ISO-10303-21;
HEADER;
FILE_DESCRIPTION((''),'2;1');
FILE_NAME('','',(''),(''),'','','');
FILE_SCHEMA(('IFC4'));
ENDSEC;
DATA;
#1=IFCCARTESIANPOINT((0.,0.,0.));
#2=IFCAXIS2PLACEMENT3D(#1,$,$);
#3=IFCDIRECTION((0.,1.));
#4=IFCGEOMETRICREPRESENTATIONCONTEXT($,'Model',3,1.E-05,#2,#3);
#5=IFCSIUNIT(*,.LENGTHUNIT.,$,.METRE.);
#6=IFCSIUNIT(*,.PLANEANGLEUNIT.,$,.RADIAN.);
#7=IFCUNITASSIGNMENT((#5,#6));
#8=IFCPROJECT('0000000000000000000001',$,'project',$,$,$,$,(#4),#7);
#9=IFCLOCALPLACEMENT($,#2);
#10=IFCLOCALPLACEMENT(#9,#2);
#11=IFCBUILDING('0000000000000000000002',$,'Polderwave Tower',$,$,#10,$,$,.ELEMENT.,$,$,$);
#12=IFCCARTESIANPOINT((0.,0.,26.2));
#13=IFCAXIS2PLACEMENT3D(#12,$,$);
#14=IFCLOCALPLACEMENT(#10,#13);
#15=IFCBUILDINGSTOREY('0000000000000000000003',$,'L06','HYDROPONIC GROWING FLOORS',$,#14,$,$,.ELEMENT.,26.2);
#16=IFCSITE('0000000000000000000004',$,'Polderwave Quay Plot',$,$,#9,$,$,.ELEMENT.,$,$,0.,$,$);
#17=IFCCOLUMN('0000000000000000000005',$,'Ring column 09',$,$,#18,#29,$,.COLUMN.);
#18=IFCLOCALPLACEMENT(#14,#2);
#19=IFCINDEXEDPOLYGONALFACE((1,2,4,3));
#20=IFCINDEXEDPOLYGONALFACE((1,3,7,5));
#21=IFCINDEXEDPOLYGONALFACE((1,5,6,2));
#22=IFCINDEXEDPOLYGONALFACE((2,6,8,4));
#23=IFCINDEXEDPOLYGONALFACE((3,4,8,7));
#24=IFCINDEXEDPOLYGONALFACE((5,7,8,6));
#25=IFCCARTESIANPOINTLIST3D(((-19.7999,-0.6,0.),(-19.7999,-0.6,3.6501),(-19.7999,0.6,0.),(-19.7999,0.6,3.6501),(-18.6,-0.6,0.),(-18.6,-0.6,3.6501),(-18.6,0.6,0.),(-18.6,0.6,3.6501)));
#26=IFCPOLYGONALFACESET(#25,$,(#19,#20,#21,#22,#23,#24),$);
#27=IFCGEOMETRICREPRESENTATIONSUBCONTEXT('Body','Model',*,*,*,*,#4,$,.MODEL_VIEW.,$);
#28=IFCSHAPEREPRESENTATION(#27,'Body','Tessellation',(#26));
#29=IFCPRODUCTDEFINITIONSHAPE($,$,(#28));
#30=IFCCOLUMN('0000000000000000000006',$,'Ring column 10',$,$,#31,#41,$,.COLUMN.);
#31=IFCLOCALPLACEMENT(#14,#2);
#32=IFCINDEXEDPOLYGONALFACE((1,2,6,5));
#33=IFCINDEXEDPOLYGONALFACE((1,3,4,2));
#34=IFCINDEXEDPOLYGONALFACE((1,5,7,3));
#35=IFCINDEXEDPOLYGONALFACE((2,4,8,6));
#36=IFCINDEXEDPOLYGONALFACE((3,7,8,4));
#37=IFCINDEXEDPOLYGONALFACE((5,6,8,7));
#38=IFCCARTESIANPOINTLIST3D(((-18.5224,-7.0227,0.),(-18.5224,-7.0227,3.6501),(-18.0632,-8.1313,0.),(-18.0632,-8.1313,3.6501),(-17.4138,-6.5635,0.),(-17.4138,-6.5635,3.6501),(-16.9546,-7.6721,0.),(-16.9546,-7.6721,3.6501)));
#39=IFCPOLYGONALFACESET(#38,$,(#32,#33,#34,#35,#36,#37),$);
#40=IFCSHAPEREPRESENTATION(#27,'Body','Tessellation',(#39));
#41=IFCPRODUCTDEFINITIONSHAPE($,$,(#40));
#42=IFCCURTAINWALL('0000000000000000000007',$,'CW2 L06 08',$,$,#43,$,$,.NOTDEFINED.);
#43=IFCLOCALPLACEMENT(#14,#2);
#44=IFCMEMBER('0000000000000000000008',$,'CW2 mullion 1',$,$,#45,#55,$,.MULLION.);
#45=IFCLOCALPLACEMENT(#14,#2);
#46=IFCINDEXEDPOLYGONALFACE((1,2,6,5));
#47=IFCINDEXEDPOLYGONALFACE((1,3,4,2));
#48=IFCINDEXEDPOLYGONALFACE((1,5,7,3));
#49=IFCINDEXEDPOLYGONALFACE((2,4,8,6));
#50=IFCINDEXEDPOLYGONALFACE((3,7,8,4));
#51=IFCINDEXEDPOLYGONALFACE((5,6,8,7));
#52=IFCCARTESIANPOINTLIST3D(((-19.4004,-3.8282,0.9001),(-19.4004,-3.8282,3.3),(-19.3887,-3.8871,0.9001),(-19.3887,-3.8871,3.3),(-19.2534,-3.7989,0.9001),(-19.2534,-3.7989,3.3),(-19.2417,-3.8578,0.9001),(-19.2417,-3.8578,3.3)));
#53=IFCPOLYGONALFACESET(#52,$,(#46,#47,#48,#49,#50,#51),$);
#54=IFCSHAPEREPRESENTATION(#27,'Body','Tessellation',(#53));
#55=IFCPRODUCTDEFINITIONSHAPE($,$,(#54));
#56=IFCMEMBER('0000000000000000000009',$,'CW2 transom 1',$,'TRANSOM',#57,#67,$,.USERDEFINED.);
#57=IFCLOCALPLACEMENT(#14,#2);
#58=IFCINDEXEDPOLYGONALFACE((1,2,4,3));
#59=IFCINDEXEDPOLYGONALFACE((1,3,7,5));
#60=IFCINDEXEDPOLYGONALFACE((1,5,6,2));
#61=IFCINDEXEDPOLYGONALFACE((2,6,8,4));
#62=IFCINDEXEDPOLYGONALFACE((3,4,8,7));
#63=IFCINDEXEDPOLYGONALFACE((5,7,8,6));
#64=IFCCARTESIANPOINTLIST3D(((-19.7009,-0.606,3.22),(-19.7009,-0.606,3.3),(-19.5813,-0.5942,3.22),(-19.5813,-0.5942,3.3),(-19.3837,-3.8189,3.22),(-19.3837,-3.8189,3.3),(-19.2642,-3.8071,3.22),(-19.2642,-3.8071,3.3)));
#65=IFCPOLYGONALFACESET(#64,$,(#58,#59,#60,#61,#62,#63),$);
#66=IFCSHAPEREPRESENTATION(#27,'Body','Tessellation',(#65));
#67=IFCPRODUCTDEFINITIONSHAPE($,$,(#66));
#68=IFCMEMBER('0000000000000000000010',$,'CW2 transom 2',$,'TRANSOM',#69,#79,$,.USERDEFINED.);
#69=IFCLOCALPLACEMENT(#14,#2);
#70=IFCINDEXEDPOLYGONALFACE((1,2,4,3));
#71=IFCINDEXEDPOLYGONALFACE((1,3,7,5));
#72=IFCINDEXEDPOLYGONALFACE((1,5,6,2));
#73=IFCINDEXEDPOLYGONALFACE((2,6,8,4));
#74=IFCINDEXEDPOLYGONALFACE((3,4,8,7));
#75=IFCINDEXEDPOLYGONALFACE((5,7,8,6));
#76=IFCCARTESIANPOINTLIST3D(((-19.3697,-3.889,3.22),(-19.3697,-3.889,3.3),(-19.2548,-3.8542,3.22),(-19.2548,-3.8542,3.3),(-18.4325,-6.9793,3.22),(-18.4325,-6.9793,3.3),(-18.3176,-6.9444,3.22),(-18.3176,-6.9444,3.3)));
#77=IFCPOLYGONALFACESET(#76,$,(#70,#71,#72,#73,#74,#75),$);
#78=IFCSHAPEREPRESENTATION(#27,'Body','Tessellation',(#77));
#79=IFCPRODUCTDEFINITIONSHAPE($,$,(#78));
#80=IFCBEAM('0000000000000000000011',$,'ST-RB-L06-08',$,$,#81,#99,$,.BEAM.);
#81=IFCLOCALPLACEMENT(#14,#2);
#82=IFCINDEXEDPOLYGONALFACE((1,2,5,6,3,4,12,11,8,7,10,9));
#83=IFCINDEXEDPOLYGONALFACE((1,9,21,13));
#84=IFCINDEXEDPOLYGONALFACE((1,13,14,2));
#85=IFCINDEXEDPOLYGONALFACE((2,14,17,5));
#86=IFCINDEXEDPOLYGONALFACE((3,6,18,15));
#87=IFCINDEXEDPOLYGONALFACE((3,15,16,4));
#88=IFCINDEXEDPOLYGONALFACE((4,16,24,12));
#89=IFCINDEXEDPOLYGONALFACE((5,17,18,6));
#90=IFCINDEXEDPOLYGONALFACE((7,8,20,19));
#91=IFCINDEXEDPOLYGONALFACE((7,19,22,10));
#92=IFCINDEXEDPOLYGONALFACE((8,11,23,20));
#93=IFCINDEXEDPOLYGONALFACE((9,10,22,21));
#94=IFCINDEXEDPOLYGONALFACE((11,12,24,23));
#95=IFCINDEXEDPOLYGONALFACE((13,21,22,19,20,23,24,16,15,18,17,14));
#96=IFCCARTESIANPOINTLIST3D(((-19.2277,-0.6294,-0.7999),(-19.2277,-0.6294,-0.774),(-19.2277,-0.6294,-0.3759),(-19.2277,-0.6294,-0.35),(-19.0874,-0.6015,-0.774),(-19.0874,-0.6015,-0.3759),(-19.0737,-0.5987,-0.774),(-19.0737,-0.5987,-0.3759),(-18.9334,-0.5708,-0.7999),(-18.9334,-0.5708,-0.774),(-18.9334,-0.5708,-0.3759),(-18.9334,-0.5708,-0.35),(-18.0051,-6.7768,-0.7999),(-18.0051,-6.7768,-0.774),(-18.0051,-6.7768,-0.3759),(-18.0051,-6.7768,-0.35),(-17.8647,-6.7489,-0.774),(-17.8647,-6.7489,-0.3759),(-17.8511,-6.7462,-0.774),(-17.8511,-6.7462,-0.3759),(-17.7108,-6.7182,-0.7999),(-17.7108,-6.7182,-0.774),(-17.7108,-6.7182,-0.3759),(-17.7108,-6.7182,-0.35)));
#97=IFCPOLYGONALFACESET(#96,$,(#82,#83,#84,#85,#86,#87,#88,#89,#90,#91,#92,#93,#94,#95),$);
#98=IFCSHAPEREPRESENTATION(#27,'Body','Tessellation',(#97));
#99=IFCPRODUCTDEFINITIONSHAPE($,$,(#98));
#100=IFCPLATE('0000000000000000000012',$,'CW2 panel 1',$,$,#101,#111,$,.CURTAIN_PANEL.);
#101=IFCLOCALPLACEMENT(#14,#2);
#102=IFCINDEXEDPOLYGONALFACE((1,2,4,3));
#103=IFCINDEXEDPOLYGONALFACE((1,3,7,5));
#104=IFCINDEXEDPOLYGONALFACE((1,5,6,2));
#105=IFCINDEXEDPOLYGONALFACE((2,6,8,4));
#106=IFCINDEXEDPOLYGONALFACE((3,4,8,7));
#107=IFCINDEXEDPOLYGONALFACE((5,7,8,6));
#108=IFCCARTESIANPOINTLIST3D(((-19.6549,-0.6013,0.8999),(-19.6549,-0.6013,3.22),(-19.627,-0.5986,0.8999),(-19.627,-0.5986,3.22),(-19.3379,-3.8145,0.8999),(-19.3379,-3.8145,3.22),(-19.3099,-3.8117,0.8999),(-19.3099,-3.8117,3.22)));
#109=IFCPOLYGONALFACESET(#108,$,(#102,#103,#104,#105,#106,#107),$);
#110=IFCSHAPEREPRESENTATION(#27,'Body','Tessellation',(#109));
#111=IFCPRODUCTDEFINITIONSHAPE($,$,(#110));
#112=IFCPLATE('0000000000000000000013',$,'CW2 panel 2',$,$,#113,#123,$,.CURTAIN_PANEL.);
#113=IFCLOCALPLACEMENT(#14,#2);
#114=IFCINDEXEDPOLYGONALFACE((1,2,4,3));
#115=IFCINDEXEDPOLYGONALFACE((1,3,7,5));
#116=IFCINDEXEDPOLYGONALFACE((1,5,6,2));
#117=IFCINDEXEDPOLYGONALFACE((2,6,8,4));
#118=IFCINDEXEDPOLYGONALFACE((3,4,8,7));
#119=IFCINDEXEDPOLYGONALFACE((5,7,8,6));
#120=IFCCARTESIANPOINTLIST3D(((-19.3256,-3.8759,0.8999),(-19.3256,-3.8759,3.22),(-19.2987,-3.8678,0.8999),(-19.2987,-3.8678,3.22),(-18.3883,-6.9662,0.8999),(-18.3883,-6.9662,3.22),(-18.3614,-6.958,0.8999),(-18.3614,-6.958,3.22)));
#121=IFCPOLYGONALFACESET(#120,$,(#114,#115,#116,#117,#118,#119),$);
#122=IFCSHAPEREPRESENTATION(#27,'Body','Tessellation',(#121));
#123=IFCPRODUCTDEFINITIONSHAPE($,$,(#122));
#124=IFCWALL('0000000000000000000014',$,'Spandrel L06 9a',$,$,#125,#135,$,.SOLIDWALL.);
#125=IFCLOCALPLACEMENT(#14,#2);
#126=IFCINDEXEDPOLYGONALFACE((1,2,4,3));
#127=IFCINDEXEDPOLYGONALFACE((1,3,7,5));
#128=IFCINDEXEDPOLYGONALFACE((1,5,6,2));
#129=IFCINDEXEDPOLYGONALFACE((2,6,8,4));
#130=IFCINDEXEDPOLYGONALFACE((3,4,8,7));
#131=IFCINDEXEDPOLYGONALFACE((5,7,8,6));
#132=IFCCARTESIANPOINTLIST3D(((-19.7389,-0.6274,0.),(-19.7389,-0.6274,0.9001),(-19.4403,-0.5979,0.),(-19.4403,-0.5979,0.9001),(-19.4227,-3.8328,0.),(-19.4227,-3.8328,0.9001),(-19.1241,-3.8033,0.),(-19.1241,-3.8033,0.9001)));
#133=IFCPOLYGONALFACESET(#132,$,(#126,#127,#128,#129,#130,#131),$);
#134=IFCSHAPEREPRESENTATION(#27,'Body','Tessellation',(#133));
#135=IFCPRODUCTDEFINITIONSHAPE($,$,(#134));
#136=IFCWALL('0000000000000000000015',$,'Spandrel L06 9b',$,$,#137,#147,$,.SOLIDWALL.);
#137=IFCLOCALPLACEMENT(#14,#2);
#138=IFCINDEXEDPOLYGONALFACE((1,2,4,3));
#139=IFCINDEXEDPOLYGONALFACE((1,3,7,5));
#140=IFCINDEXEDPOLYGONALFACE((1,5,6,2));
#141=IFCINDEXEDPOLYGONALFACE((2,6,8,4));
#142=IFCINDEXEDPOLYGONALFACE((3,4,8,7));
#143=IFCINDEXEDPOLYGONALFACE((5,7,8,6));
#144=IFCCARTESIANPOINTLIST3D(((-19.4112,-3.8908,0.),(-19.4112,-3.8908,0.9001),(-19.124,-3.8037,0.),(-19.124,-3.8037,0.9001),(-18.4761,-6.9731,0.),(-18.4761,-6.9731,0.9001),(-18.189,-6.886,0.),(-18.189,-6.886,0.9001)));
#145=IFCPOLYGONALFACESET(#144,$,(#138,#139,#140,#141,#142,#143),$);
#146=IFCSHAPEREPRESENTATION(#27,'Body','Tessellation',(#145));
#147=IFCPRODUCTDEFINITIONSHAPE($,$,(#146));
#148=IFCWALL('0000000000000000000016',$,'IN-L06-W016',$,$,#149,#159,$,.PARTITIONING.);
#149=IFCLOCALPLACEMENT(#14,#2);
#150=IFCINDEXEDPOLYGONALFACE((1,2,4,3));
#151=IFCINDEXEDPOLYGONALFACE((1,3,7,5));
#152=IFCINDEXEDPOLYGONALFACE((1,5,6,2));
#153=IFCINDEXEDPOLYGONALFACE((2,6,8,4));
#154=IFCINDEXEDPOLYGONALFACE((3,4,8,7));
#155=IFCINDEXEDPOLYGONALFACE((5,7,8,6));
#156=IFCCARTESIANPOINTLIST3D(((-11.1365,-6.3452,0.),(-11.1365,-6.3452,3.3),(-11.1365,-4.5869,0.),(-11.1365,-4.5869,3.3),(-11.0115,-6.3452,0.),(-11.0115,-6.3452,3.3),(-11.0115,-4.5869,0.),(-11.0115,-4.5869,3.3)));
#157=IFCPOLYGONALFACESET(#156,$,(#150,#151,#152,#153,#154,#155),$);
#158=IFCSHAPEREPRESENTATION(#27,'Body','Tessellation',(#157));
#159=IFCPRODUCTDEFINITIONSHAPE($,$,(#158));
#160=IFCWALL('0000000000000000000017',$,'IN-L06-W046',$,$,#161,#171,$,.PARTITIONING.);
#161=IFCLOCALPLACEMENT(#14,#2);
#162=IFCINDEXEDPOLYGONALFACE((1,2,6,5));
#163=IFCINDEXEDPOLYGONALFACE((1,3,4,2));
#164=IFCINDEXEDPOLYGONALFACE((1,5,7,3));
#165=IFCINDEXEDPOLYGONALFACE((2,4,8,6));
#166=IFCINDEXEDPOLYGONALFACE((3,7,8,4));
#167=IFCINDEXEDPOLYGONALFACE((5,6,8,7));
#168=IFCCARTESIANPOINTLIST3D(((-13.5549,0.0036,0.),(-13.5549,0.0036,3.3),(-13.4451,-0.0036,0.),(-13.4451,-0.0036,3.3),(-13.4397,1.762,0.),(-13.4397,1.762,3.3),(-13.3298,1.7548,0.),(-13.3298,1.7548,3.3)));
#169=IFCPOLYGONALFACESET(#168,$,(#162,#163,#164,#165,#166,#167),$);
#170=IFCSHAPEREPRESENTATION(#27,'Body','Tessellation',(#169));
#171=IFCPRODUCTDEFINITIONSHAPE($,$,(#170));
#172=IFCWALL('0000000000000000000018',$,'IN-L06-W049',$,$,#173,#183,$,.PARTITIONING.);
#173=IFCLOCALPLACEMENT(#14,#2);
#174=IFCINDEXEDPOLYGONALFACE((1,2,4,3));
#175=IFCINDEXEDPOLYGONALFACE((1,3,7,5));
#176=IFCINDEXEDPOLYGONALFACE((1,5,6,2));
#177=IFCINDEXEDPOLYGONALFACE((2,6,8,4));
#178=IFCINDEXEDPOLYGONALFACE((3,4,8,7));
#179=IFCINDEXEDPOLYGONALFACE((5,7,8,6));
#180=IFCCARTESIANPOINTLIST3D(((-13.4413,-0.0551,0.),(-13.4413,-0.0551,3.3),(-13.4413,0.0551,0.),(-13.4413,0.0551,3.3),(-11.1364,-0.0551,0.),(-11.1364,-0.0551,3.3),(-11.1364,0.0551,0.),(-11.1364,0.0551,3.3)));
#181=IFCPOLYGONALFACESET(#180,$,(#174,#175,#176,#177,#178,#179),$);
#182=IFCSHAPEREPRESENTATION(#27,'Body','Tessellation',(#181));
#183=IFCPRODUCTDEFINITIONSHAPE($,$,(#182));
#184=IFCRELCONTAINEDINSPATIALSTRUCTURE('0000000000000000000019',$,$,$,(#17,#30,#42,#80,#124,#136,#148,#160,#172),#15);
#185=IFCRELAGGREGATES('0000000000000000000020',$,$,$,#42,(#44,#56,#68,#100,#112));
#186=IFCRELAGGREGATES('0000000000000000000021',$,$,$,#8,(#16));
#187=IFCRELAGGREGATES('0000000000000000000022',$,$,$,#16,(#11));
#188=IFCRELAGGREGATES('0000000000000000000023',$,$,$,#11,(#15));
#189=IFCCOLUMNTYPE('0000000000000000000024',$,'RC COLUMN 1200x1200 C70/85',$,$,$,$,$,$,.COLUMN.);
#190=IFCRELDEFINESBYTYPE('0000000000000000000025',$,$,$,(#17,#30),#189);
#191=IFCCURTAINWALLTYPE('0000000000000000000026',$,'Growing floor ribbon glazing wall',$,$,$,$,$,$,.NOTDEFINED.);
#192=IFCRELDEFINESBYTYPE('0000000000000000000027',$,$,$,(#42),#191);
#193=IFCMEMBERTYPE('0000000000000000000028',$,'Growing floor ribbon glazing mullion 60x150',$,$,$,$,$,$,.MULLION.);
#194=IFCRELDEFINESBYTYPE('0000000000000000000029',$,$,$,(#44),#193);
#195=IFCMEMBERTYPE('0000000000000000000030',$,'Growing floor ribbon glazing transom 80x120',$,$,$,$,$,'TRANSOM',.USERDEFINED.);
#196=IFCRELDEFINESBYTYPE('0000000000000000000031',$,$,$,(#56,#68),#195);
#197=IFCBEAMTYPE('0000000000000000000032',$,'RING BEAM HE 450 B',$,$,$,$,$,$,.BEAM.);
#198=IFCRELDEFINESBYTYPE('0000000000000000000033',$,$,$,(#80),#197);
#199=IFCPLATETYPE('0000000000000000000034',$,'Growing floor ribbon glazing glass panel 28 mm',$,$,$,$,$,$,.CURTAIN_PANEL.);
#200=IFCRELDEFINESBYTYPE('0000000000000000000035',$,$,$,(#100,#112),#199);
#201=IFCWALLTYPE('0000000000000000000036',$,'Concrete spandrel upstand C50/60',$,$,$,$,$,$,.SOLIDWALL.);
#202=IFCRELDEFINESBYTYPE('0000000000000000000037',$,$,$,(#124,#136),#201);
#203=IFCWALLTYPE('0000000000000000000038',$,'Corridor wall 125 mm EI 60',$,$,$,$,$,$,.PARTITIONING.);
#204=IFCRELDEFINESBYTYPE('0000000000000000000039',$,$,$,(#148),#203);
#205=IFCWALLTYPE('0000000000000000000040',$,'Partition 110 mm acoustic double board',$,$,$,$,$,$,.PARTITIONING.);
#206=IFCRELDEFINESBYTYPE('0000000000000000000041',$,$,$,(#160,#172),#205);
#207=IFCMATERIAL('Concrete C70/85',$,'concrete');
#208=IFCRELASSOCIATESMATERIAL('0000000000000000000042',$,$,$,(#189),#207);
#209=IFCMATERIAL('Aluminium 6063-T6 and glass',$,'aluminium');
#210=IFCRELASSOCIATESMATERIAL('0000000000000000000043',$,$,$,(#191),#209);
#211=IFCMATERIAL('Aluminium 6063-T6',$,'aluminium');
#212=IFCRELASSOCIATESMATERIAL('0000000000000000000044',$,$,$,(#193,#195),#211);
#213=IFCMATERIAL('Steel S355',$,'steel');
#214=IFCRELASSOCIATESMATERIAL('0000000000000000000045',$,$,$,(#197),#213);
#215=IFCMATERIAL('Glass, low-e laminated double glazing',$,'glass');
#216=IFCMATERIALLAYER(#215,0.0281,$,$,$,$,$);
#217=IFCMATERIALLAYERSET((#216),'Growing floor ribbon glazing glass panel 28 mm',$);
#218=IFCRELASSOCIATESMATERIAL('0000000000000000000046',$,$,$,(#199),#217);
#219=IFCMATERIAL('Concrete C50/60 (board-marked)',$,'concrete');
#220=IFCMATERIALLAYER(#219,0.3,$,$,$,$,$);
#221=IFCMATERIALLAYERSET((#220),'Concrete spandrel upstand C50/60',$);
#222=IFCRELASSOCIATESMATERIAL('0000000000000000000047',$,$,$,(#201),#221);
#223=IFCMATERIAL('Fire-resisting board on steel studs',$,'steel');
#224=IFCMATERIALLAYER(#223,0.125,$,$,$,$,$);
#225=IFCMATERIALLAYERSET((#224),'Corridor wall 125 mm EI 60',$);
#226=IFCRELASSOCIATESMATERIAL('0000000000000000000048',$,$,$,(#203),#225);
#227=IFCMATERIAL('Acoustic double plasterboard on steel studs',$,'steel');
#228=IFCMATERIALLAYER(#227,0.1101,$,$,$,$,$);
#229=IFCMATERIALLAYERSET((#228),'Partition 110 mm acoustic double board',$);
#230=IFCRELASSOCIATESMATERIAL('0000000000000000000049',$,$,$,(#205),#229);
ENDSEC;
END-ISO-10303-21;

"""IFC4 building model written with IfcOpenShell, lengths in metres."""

from ifc_helpers import new_model, si_unit, direction, frame, frame_2d, origin, origin_2d, place, context, subcontext, project, spatial, rectangle, i_section, extrude, material, layer, layer_set, material_profile, profile_set, type_object, element, aggregate, save


model = new_model("IFC4")

# Units and contexts
model_context = context("Model", 3, precision=1e-05, world=origin(), true_north=direction((0.0, 1.0)))
body_context = subcontext(model_context, "Body", "Model", "MODEL_VIEW")
ifc_project = project(units=[si_unit("LENGTHUNIT", "METRE"), si_unit("PLANEANGLEUNIT", "RADIAN")], contexts=[model_context])

# Site, building, storey
site_placement = place(None, origin())
site = spatial("IfcSite", under=ifc_project, at=site_placement, Name="Polderwave Quay Plot", CompositionType="ELEMENT", RefElevation=0.0)
building_placement = place(site_placement, origin())
building = spatial("IfcBuilding", under=site, at=building_placement, Name="Polderwave Tower", CompositionType="ELEMENT")
storey_placement = place(building_placement, frame((0.0, 0.0, 26.2)))
storey = spatial("IfcBuildingStorey", under=building, at=storey_placement, Name="L06", Description="HYDROPONIC GROWING FLOORS", CompositionType="ELEMENT", Elevation=26.2)

# Columns
ifc_material_1 = material(Name="Concrete C70/85", Category="concrete")
ifc_material_profile_1 = material_profile(ifc_material_1, rectangle(XDim=1.2, YDim=1.2, at=origin_2d()), Name="RC 1200x1200")
ifc_profile_set_1 = profile_set([ifc_material_profile_1], Name="Concrete C70/85")
column_type = type_object("IfcColumnType", Name="RC COLUMN 1200x1200 C70/85", PredefinedType="COLUMN", material=ifc_profile_set_1)
for number, where, z_axis, x_axis, name in (
    (1, (-19.2, 0.0, 0.0), (0.0, 0.0, 1.0), (-1.0, 0.0, 0.0), "Ring column 09"),
    (2, (-17.7385, -7.3474, 0.0), (0.0, 0.0, 1.0), (-0.92388, -0.382683, 0.0), "Ring column 10"),
):
    element("IfcColumn", number, at=place(storey_placement, frame(where, z_axis=z_axis, x_axis=x_axis)), inside=storey, type_object=column_type, Name=name, PredefinedType="COLUMN", context=body_context, shape_type="SweptSolid", body=[
        extrude(rectangle(XDim=1.2, YDim=1.2, at=origin_2d()), origin(), (0.0, 0.0, 1.0), 3.6501),
    ])

# Curtain wall, members
ifc_material_2 = material(Name="Aluminium 6063-T6 and glass", Category="aluminium")
curtain_wall_type = type_object("IfcCurtainWallType", Name="Growing floor ribbon glazing wall", PredefinedType="NOTDEFINED", material=ifc_material_2)
curtain_wall_placement = place(storey_placement, origin())
curtain_wall = element("IfcCurtainWall", 3, at=curtain_wall_placement, inside=storey, type_object=curtain_wall_type, Name="CW2 L06 08", PredefinedType="NOTDEFINED")
ifc_material_3 = material(Name="Aluminium 6063-T6", Category="aluminium")
ifc_material_profile_2 = material_profile(ifc_material_3, rectangle(XDim=0.1499, YDim=0.0601, at=origin_2d()), Name="AL 60x150")
ifc_profile_set_2 = profile_set([ifc_material_profile_2], Name="Aluminium 6063-T6")
member_type_1 = type_object("IfcMemberType", Name="Growing floor ribbon glazing mullion 60x150", PredefinedType="MULLION", material=ifc_profile_set_2)
member_1_placement = place(storey_placement, frame((-19.321, -3.843, 0.9001), z_axis=(0.0, 0.0, 1.0), x_axis=(0.980772, 0.195159, 0.0)))
member_1 = element("IfcMember", 4, at=member_1_placement, type_object=member_type_1, Name="CW2 mullion 1", PredefinedType="MULLION", context=body_context, shape_type="SweptSolid", body=[
    extrude(rectangle(XDim=0.1499, YDim=0.0601, at=origin_2d()), origin(), (0.0, 0.0, 1.0), 2.3999),
])
ifc_material_profile_3 = material_profile(ifc_material_3, rectangle(XDim=0.1201, YDim=0.0801, at=origin_2d()), Name="AL 80x120")
ifc_profile_set_3 = profile_set([ifc_material_profile_3], Name="Aluminium 6063-T6")
member_type_2 = type_object("IfcMemberType", Name="Growing floor ribbon glazing transom 80x120", ElementType="TRANSOM", PredefinedType="USERDEFINED", material=ifc_profile_set_3)
member_2_placement = place(storey_placement, frame((-19.6411, -0.6001, 3.26), z_axis=(0.098231, -0.995164, 0.0), x_axis=(0.995164, 0.098231, 0.0)))
member_2 = element("IfcMember", 5, at=member_2_placement, type_object=member_type_2, Name="CW2 transom 1", ObjectType="TRANSOM", PredefinedType="USERDEFINED", context=body_context, shape_type="SweptSolid", body=[
    extrude(rectangle(XDim=0.1201, YDim=0.0801, at=origin_2d()), origin(), (0.0, 0.0, 1.0), 3.2285),
])
member_3_placement = place(storey_placement, frame((-19.3123, -3.8716, 3.26), z_axis=(0.290232, -0.956956, 0.0), x_axis=(0.956956, 0.290232, 0.0)))
member_3 = element("IfcMember", 6, at=member_3_placement, type_object=member_type_2, Name="CW2 transom 2", ObjectType="TRANSOM", PredefinedType="USERDEFINED", context=body_context, shape_type="SweptSolid", body=[
    extrude(rectangle(XDim=0.1201, YDim=0.0801, at=origin_2d()), origin(), (0.0, 0.0, 1.0), 3.2292),
])

# Beam
ifc_material_4 = material(Name="Steel S355", Category="steel")
ifc_material_profile_4 = material_profile(ifc_material_4, i_section(OverallWidth=0.3, OverallDepth=0.45, WebThickness=0.0139, FlangeThickness=0.0259, at=origin_2d()), Name="HE 450 B")
ifc_profile_set_4 = profile_set([ifc_material_profile_4], Name="Steel S355")
beam_type = type_object("IfcBeamType", Name="RING BEAM HE 450 B", PredefinedType="BEAM", material=ifc_profile_set_4)
beam_placement = place(storey_placement, frame((-19.0806, -0.6001, -0.575), z_axis=(0.195067, -0.98079, 0.0), x_axis=(0.98079, 0.195067, 0.0)))
element("IfcBeam", 7, at=beam_placement, inside=storey, type_object=beam_type, Name="ST-RB-L06-08", PredefinedType="BEAM", context=body_context, shape_type="SweptSolid", body=[
    extrude(i_section(OverallWidth=0.3, OverallDepth=0.45, WebThickness=0.0139, FlangeThickness=0.0259, at=origin_2d()), origin(), (0.0, 0.0, 1.0), 6.2678),
])

# Plates
ifc_material_5 = material(Name="Glass, low-e laminated double glazing", Category="glass")
ifc_layer_1 = layer(ifc_material_5, 0.0281)
ifc_layer_set_1 = layer_set([ifc_layer_1], Name="Growing floor ribbon glazing glass panel 28 mm")
plate_type = type_object("IfcPlateType", Name="Growing floor ribbon glazing glass panel 28 mm", PredefinedType="CURTAIN_PANEL", material=ifc_layer_set_1)
plate_1_placement = place(storey_placement, frame((-19.4824, -2.2065, 0.8999), z_axis=(0.0, 0.0, 1.0), x_axis=(0.098198, -0.995167, 0.0)))
plate_1 = element("IfcPlate", 8, at=plate_1_placement, type_object=plate_type, Name="CW2 panel 1", PredefinedType="CURTAIN_PANEL", context=body_context, shape_type="SweptSolid", body=[
    extrude(rectangle(XDim=3.2288, YDim=0.0281, at=origin_2d()), origin(), (0.0, 0.0, 1.0), 2.3201),
])
plate_2_placement = place(storey_placement, frame((-18.8435, -5.417, 0.8999), z_axis=(0.0, 0.0, 1.0), x_axis=(0.290246, -0.956952, 0.0)))
plate_2 = element("IfcPlate", 9, at=plate_2_placement, type_object=plate_type, Name="CW2 panel 2", PredefinedType="CURTAIN_PANEL", context=body_context, shape_type="SweptSolid", body=[
    extrude(rectangle(XDim=3.2292, YDim=0.0281, at=origin_2d()), origin(), (0.0, 0.0, 1.0), 2.3201),
])
aggregate(curtain_wall, [member_1, member_2, member_3, plate_1, plate_2])

# Walls
ifc_material_6 = material(Name="Concrete C50/60 (board-marked)", Category="concrete")
ifc_layer_2 = layer(ifc_material_6, 0.3)
ifc_layer_set_2 = layer_set([ifc_layer_2], Name="Concrete spandrel upstand C50/60")
wall_type_1 = type_object("IfcWallType", Name="Concrete spandrel upstand C50/60", PredefinedType="SOLIDWALL", material=ifc_layer_set_2)
for number, where, z_axis, x_axis, name in (
    (10, (-19.5896, -0.6128, 0.0), (0.0, 0.0, 1.0), (0.09816, -0.995171, 0.0), "Spandrel L06 9a"),
    (11, (-19.2676, -3.8474, 0.0), (0.0, 0.0, 1.0), (0.290302, -0.956935, 0.0), "Spandrel L06 9b"),
):
    element("IfcWall", number, at=place(storey_placement, frame(where, z_axis=z_axis, x_axis=x_axis)), inside=storey, type_object=wall_type_1, Name=name, PredefinedType="SOLIDWALL", context=body_context, shape_type="SweptSolid", body=[
        extrude(rectangle(XDim=3.2209, YDim=0.3, at=frame_2d((1.6104, 0.0))), origin(), (0.0, 0.0, 1.0), 0.9001),
    ])
ifc_material_7 = material(Name="Fire-resisting board on steel studs", Category="steel")
ifc_layer_3 = layer(ifc_material_7, 0.125)
ifc_layer_set_3 = layer_set([ifc_layer_3], Name="Corridor wall 125 mm EI 60")
wall_type_2 = type_object("IfcWallType", Name="Corridor wall 125 mm EI 60", PredefinedType="PARTITIONING", material=ifc_layer_set_3)
wall_1_placement = place(storey_placement, frame((-11.074, -6.3452, 0.0), z_axis=(0.0, 0.0, 1.0), x_axis=(0.0, 1.0, 0.0)))
element("IfcWall", 12, at=wall_1_placement, inside=storey, type_object=wall_type_2, Name="IN-L06-W016", PredefinedType="PARTITIONING", context=body_context, shape_type="SweptSolid", body=[
    extrude(rectangle(XDim=1.7583, YDim=0.125, at=frame_2d((0.8792, 0.0))), origin(), (0.0, 0.0, 1.0), 3.3),
])
ifc_material_8 = material(Name="Acoustic double plasterboard on steel studs", Category="steel")
ifc_layer_4 = layer(ifc_material_8, 0.1101)
ifc_layer_set_4 = layer_set([ifc_layer_4], Name="Partition 110 mm acoustic double board")
wall_type_3 = type_object("IfcWallType", Name="Partition 110 mm acoustic double board", PredefinedType="PARTITIONING", material=ifc_layer_set_4)
wall_2_placement = place(storey_placement, frame((-13.5, 0.0, 0.0), z_axis=(0.0, 0.0, 1.0), x_axis=(0.065388, 0.99786, 0.0)))
element("IfcWall", 13, at=wall_2_placement, inside=storey, type_object=wall_type_3, Name="IN-L06-W046", PredefinedType="PARTITIONING", context=body_context, shape_type="SweptSolid", body=[
    extrude(rectangle(XDim=1.7622, YDim=0.1101, at=frame_2d((0.8811, 0.0))), origin(), (0.0, 0.0, 1.0), 3.3),
])
wall_3_placement = place(storey_placement, frame((-11.1365, 0.0, 0.0), z_axis=(0.0, 0.0, 1.0), x_axis=(-1.0, 0.0, 0.0)))
element("IfcWall", 14, at=wall_3_placement, inside=storey, type_object=wall_type_3, Name="IN-L06-W049", PredefinedType="PARTITIONING", context=body_context, shape_type="SweptSolid", body=[
    extrude(rectangle(XDim=2.3049, YDim=0.1101, at=frame_2d((1.1523, 0.0))), origin(), (0.0, 0.0, 1.0), 3.3),
])

save(model, "model.ifc")
